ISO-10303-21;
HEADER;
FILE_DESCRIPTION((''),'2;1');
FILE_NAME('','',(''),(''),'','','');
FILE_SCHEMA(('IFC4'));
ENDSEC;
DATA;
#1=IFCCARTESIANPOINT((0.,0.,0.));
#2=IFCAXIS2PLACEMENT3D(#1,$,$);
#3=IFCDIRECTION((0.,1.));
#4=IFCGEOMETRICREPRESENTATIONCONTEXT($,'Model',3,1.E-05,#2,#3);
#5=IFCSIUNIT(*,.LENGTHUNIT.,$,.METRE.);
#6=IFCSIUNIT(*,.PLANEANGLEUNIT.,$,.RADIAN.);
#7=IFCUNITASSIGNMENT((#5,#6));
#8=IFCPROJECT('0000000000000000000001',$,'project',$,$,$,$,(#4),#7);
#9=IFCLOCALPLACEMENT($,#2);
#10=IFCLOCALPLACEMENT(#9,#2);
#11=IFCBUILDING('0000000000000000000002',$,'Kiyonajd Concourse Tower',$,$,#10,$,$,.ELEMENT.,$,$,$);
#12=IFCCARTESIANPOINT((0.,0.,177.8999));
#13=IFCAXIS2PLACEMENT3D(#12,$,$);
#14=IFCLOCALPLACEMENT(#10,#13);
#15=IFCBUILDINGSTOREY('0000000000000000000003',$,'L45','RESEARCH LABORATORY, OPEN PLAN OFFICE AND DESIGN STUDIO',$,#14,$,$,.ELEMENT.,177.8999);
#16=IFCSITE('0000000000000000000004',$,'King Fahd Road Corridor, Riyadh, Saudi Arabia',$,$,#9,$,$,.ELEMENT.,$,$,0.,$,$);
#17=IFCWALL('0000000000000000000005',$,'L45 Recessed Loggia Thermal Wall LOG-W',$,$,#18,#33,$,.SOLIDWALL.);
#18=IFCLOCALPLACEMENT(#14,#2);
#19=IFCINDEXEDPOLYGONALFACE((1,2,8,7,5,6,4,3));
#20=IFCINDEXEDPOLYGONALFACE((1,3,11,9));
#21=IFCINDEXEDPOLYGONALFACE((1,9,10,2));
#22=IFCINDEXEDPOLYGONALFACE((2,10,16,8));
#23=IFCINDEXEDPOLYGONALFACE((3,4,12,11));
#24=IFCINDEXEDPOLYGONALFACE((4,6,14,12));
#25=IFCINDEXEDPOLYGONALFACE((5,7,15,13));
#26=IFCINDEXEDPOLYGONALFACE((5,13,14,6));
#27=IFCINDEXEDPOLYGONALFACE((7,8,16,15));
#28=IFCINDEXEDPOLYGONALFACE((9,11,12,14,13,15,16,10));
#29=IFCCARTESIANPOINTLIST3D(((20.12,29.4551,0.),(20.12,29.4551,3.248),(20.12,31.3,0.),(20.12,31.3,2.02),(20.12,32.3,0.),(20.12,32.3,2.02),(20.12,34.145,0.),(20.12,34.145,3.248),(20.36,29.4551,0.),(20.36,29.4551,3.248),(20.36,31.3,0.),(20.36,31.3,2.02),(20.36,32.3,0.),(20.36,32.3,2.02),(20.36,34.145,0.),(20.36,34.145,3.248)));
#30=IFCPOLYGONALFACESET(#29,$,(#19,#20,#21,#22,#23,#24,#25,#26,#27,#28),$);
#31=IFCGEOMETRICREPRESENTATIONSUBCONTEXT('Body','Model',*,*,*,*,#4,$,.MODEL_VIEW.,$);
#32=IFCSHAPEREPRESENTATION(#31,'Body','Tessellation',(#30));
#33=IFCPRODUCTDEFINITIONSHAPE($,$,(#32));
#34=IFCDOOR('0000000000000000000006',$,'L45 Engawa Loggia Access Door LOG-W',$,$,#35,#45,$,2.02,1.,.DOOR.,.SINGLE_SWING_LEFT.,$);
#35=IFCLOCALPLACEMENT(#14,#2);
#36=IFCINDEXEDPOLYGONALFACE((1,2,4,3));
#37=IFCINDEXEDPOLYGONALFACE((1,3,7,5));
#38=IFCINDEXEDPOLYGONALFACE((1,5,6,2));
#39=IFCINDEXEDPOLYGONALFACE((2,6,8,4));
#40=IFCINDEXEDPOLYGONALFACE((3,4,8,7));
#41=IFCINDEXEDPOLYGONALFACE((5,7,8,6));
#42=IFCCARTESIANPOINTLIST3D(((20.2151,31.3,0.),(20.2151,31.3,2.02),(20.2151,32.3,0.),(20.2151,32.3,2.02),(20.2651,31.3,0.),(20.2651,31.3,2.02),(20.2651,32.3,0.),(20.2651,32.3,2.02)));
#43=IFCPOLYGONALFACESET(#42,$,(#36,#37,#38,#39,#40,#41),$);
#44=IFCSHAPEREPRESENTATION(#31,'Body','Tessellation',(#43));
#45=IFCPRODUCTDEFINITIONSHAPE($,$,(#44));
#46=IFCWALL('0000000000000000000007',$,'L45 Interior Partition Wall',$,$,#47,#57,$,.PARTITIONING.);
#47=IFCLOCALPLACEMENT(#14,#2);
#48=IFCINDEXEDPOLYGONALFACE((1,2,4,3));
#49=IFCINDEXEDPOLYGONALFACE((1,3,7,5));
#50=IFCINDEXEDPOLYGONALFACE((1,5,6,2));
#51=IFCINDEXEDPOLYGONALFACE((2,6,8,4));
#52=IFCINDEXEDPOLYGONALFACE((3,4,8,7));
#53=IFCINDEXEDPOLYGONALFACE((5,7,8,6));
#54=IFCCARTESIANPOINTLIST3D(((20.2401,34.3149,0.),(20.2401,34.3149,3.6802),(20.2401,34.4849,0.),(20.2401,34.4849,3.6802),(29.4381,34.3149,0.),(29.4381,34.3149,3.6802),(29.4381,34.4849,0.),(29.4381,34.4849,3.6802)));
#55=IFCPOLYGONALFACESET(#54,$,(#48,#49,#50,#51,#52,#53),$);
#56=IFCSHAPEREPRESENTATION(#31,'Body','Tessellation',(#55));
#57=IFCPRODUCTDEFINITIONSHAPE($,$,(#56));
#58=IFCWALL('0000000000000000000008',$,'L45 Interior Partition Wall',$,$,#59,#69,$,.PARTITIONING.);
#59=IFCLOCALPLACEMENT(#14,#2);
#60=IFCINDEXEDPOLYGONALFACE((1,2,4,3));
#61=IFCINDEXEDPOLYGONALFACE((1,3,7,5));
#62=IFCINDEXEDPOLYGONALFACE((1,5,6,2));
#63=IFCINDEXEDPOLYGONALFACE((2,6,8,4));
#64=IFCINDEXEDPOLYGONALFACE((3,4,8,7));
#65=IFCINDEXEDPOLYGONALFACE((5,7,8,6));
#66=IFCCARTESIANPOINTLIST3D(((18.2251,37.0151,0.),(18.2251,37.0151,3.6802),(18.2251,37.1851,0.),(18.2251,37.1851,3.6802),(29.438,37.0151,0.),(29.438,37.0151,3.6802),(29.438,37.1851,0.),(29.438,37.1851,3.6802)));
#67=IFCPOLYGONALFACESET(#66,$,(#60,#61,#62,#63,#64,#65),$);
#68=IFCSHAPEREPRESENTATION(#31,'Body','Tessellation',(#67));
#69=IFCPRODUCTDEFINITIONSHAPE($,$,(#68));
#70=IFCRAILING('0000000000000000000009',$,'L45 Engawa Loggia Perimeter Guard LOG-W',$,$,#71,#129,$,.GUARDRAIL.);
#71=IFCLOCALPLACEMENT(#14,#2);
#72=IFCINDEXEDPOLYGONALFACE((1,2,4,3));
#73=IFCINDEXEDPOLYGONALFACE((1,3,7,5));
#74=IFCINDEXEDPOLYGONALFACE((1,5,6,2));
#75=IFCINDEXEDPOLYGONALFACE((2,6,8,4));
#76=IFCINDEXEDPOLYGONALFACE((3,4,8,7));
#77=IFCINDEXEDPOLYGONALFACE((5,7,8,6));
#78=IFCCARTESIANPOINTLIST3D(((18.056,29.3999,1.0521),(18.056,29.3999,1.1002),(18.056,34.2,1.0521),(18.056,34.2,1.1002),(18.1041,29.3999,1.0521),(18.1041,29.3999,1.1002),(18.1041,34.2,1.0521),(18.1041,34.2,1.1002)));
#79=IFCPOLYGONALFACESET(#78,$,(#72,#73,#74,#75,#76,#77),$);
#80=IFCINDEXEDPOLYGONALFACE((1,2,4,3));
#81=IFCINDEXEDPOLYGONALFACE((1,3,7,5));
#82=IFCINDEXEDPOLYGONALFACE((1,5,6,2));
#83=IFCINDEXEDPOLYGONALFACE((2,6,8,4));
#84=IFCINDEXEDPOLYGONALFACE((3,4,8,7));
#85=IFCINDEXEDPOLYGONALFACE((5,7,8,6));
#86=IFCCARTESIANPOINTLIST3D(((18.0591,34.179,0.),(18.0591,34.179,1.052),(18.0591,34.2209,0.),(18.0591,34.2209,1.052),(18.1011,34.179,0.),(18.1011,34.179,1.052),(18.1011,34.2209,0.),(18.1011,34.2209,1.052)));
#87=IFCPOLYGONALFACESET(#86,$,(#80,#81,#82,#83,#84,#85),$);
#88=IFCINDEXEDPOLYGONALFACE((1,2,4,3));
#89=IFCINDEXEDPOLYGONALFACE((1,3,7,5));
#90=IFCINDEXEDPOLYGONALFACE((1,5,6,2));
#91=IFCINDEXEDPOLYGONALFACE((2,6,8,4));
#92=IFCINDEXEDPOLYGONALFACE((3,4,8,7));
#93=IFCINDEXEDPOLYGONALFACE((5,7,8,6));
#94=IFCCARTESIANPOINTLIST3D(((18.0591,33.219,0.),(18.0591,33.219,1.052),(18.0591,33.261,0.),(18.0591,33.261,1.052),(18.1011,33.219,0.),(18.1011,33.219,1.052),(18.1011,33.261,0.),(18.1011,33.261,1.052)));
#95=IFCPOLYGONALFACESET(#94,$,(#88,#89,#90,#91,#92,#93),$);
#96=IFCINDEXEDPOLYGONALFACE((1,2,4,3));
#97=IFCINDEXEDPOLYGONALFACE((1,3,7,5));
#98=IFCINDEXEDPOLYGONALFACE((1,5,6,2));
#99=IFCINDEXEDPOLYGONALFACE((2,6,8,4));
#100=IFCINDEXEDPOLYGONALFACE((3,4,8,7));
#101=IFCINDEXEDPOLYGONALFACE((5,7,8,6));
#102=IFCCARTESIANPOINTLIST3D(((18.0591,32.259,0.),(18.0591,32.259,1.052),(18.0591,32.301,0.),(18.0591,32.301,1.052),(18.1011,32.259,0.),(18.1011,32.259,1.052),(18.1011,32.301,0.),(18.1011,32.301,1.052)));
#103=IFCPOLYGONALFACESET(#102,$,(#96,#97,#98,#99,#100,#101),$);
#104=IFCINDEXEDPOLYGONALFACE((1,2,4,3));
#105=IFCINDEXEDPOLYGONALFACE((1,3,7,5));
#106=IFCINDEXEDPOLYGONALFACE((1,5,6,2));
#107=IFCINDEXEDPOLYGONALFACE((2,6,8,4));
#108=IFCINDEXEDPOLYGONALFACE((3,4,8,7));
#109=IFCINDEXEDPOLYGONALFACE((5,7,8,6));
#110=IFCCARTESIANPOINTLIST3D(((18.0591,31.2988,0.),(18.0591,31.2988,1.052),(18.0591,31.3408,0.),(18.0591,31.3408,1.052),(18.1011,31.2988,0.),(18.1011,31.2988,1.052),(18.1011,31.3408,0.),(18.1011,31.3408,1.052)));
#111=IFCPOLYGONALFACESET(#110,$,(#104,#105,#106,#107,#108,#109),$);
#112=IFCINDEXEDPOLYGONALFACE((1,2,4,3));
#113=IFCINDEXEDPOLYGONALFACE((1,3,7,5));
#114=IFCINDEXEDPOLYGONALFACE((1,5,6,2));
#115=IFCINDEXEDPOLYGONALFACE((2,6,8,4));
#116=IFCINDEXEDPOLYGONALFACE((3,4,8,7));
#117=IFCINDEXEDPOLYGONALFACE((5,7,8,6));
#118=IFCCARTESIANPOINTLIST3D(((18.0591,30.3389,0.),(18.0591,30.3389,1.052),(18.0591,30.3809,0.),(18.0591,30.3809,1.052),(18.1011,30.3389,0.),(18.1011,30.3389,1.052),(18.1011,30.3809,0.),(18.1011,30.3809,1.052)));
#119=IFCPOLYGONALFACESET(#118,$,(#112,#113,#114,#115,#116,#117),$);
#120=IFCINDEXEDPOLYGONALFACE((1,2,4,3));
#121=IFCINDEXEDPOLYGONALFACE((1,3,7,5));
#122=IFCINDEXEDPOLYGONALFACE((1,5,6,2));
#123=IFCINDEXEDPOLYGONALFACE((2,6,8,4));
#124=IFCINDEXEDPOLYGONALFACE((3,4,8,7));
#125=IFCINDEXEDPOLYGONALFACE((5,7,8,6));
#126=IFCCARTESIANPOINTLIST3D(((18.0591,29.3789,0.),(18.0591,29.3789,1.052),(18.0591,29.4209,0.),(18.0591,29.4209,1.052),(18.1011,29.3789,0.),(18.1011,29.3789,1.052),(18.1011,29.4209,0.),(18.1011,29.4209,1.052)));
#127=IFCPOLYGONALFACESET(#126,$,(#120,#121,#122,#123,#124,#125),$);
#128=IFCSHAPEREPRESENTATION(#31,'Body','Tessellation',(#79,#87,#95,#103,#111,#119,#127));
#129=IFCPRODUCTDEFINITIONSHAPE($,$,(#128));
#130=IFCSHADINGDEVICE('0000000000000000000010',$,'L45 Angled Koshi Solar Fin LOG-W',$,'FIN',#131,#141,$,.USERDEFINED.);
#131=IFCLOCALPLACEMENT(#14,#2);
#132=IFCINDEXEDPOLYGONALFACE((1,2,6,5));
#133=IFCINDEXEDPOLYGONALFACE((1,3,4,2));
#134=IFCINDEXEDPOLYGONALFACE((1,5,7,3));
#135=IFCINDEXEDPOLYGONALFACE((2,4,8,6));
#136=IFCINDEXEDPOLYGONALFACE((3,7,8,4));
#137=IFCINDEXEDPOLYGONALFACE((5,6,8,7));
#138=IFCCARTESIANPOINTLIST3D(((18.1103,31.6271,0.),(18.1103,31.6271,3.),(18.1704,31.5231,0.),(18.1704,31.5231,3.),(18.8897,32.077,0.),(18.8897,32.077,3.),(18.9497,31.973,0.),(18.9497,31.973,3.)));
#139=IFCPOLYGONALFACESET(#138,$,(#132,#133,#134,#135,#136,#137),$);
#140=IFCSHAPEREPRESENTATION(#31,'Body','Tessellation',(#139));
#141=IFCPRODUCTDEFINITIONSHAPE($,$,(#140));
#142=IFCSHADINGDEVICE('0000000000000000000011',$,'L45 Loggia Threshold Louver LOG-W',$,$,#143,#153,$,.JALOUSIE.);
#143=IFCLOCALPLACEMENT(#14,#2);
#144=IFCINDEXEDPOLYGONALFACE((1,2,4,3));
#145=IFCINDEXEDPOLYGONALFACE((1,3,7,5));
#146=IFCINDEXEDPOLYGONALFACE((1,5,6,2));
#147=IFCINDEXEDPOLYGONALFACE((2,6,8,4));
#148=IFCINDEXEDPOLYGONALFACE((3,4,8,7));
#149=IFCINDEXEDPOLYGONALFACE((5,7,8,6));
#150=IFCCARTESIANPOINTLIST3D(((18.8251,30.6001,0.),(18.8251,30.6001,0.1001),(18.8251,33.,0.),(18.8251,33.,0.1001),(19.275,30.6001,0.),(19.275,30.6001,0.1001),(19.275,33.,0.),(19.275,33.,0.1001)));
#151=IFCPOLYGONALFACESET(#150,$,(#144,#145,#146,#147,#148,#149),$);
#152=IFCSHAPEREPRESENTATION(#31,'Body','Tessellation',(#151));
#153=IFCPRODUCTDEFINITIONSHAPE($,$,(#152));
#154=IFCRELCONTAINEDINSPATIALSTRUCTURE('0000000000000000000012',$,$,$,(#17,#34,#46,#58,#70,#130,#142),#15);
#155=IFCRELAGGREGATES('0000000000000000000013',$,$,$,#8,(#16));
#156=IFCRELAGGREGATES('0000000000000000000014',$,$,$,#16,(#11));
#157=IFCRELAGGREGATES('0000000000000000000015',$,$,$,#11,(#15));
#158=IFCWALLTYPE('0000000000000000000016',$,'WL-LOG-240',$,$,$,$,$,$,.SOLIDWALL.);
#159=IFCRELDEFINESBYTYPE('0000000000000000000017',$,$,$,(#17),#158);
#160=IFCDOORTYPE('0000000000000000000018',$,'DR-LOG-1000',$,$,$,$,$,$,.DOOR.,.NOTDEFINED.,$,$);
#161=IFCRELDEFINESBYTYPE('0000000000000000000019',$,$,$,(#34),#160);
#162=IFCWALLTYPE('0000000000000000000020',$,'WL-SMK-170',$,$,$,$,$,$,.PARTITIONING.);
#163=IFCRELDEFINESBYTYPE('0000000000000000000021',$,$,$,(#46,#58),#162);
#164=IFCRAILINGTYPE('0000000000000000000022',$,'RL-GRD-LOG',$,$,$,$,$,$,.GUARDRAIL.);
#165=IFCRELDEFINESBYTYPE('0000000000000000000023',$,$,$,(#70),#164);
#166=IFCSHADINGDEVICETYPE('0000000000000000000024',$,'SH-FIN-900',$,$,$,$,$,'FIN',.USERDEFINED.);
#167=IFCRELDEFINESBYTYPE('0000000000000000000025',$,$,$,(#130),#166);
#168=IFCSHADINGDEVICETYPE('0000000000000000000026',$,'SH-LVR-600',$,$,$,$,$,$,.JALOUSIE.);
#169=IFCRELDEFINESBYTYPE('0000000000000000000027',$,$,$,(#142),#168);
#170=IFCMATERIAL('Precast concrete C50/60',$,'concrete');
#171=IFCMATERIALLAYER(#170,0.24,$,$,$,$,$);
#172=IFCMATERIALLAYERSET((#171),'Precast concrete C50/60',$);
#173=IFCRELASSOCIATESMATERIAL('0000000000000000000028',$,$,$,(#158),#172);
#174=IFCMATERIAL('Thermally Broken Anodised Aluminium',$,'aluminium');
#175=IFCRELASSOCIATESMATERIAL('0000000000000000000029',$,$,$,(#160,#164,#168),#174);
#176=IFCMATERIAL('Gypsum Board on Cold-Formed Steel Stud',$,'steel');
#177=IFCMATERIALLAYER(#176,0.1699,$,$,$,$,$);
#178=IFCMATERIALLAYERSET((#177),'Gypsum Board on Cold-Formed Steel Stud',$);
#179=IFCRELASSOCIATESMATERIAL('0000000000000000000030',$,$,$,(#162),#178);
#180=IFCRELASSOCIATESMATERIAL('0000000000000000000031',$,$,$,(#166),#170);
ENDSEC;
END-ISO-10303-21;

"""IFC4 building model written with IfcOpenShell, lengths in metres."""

from ifc_helpers import new_model, si_unit, direction, frame, frame_2d, origin, origin_2d, place, context, subcontext, project, spatial, rectangle, extrude, material, layer, layer_set, type_object, element, fill, save


model = new_model("IFC4")

# Units and contexts
model_context = context("Model", 3, precision=1e-05, world=origin(), true_north=direction((0.0, 1.0)))
body_context = subcontext(model_context, "Body", "Model", "MODEL_VIEW")
ifc_project = project(units=[si_unit("LENGTHUNIT", "METRE"), si_unit("PLANEANGLEUNIT", "RADIAN")], contexts=[model_context])

# Site, building, storey
site_placement = place(None, origin())
site = spatial("IfcSite", under=ifc_project, at=site_placement, Name="King Fahd Road Corridor, Riyadh, Saudi Arabia", CompositionType="ELEMENT", RefElevation=0.0)
building_placement = place(site_placement, origin())
building = spatial("IfcBuilding", under=site, at=building_placement, Name="Kiyonajd Concourse Tower", CompositionType="ELEMENT")
storey_placement = place(building_placement, frame((0.0, 0.0, 177.8999)))
storey = spatial("IfcBuildingStorey", under=building, at=storey_placement, Name="L45", Description="RESEARCH LABORATORY, OPEN PLAN OFFICE AND DESIGN STUDIO", CompositionType="ELEMENT", Elevation=177.8999)

# Shared definitions
ifc_material_1 = material(Name="Thermally Broken Anodised Aluminium", Category="aluminium")

# Shared definitions
ifc_material_2 = material(Name="Precast concrete C50/60", Category="concrete")

# Wall, opening, door
ifc_layer_1 = layer(ifc_material_2, 0.24)
ifc_layer_set_1 = layer_set([ifc_layer_1], Name="Precast concrete C50/60")
wall_type_1 = type_object("IfcWallType", Name="WL-LOG-240", PredefinedType="SOLIDWALL", material=ifc_layer_set_1)
wall_1_placement = place(storey_placement, frame((20.24, 29.4551, 0.0), z_axis=(0.0, 0.0, 1.0), x_axis=(0.0, 1.0, 0.0)))
wall_1 = element("IfcWall", 1, at=wall_1_placement, inside=storey, type_object=wall_type_1, Name="L45 Recessed Loggia Thermal Wall LOG-W", PredefinedType="SOLIDWALL", context=body_context, shape_type="SweptSolid", body=[
    extrude(rectangle(XDim=4.6899, YDim=0.24, at=frame_2d((2.345, 0.0))), origin(), (0.0, 0.0, 1.0), 3.248),
])
opening_placement = place(wall_1_placement, frame((1.845, 0.0, 0.0)))
opening = element("IfcOpeningElement", 2, at=opening_placement, cuts=wall_1, PredefinedType="OPENING", context=body_context, shape_type="SweptSolid", body=[
    extrude(rectangle(XDim=1.0, YDim=2.02, at=frame_2d((0.5, 1.01))), frame((0.0, 0.1299, 0.0), z_axis=(0.0, -1.0, 0.0), x_axis=(1.0, 0.0, 0.0)), (0.0, 0.0, 1.0), 0.26),
])
door_type = type_object("IfcDoorType", Name="DR-LOG-1000", OperationType="NOTDEFINED", PredefinedType="DOOR", material=ifc_material_1)
door_placement = place(opening_placement, origin())
door = element("IfcDoor", 3, at=door_placement, inside=storey, type_object=door_type, Name="L45 Engawa Loggia Access Door LOG-W", OperationType="SINGLE_SWING_LEFT", OverallHeight=2.02, OverallWidth=1.0, PredefinedType="DOOR", context=body_context, shape_type="SweptSolid", body=[
    extrude(rectangle(XDim=1.0, YDim=2.02, at=frame_2d((0.5, 1.01))), frame((0.0, 0.0249, 0.0), z_axis=(0.0, -1.0, 0.0), x_axis=(1.0, 0.0, 0.0)), (0.0, 0.0, 1.0), 0.05),
])
fill(opening, door)

# Walls
ifc_material_3 = material(Name="Gypsum Board on Cold-Formed Steel Stud", Category="steel")
ifc_layer_2 = layer(ifc_material_3, 0.1699)
ifc_layer_set_2 = layer_set([ifc_layer_2], Name="Gypsum Board on Cold-Formed Steel Stud")
wall_type_2 = type_object("IfcWallType", Name="WL-SMK-170", PredefinedType="PARTITIONING", material=ifc_layer_set_2)
wall_2_placement = place(storey_placement, frame((20.24, 34.3999, 0.0), z_axis=(0.0, 0.0, 1.0), x_axis=(1.0, 0.0, 0.0)))
element("IfcWall", 4, at=wall_2_placement, inside=storey, type_object=wall_type_2, Name="L45 Interior Partition Wall", PredefinedType="PARTITIONING", context=body_context, shape_type="SweptSolid", body=[
    extrude(rectangle(XDim=9.198, YDim=0.1699, at=frame_2d((4.5991, 0.0))), origin(), (0.0, 0.0, 1.0), 3.6802),
])
wall_3_placement = place(storey_placement, frame((18.2251, 37.1001, 0.0), z_axis=(0.0, 0.0, 1.0), x_axis=(1.0, 0.0, 0.0)))
element("IfcWall", 5, at=wall_3_placement, inside=storey, type_object=wall_type_2, Name="L45 Interior Partition Wall", PredefinedType="PARTITIONING", context=body_context, shape_type="SweptSolid", body=[
    extrude(rectangle(XDim=11.2129, YDim=0.1699, at=frame_2d((5.6064, 0.0))), origin(), (0.0, 0.0, 1.0), 3.6802),
])

# Railing
railing_type = type_object("IfcRailingType", Name="RL-GRD-LOG", PredefinedType="GUARDRAIL", material=ifc_material_1)
railing_placement = place(storey_placement, frame((18.0801, 34.2, 0.0)))
element("IfcRailing", 6, at=railing_placement, inside=storey, type_object=railing_type, Name="L45 Engawa Loggia Perimeter Guard LOG-W", PredefinedType="GUARDRAIL", context=body_context, shape_type="SweptSolid", body=[
    extrude(rectangle(XDim=0.0481, YDim=0.0481, at=origin_2d()), frame((0.0, 0.0, 1.0762), z_axis=(0.0, -1.0, 0.0), x_axis=(1.0, 0.0, 0.0)), (0.0, 0.0, 1.0), 4.8),
    extrude(rectangle(XDim=0.042, YDim=0.042, at=origin_2d()), origin(), (0.0, 0.0, 1.0), 1.052),
    extrude(rectangle(XDim=0.042, YDim=0.042, at=origin_2d()), frame((0.0, -0.96, 0.0)), (0.0, 0.0, 1.0), 1.052),
    extrude(rectangle(XDim=0.042, YDim=0.042, at=origin_2d()), frame((0.0, -1.9199, 0.0)), (0.0, 0.0, 1.0), 1.052),
    extrude(rectangle(XDim=0.042, YDim=0.042, at=origin_2d()), frame((0.0, -2.8801, 0.0)), (0.0, 0.0, 1.0), 1.052),
    extrude(rectangle(XDim=0.042, YDim=0.042, at=origin_2d()), frame((0.0, -3.8401, 0.0)), (0.0, 0.0, 1.0), 1.052),
    extrude(rectangle(XDim=0.042, YDim=0.042, at=origin_2d()), frame((0.0, -4.8, 0.0)), (0.0, 0.0, 1.0), 1.052),
])

# Shading devices
shading_device_type_1 = type_object("IfcShadingDeviceType", Name="SH-FIN-900", ElementType="FIN", PredefinedType="USERDEFINED", material=ifc_material_2)
shading_device_1_placement = place(storey_placement, frame((18.53, 31.8, 0.0), z_axis=(0.0, 0.0, 1.0), x_axis=(0.866025, 0.5, 0.0)))
element("IfcShadingDevice", 7, at=shading_device_1_placement, inside=storey, type_object=shading_device_type_1, Name="L45 Angled Koshi Solar Fin LOG-W", ObjectType="FIN", PredefinedType="USERDEFINED", context=body_context, shape_type="SweptSolid", body=[
    extrude(rectangle(XDim=0.8999, YDim=0.1201, at=origin_2d()), origin(), (0.0, 0.0, 1.0), 3.0),
])
shading_device_type_2 = type_object("IfcShadingDeviceType", Name="SH-LVR-600", PredefinedType="JALOUSIE", material=ifc_material_1)
shading_device_2_placement = place(storey_placement, frame((19.05, 31.8, 0.0), z_axis=(0.0, 0.0, 1.0), x_axis=(0.0, 1.0, 0.0)))
element("IfcShadingDevice", 8, at=shading_device_2_placement, inside=storey, type_object=shading_device_type_2, Name="L45 Loggia Threshold Louver LOG-W", PredefinedType="JALOUSIE", context=body_context, shape_type="SweptSolid", body=[
    extrude(rectangle(XDim=2.3999, YDim=0.45, at=origin_2d()), origin(), (0.0, 0.0, 1.0), 0.1001),
])

save(model, "model.ifc")
